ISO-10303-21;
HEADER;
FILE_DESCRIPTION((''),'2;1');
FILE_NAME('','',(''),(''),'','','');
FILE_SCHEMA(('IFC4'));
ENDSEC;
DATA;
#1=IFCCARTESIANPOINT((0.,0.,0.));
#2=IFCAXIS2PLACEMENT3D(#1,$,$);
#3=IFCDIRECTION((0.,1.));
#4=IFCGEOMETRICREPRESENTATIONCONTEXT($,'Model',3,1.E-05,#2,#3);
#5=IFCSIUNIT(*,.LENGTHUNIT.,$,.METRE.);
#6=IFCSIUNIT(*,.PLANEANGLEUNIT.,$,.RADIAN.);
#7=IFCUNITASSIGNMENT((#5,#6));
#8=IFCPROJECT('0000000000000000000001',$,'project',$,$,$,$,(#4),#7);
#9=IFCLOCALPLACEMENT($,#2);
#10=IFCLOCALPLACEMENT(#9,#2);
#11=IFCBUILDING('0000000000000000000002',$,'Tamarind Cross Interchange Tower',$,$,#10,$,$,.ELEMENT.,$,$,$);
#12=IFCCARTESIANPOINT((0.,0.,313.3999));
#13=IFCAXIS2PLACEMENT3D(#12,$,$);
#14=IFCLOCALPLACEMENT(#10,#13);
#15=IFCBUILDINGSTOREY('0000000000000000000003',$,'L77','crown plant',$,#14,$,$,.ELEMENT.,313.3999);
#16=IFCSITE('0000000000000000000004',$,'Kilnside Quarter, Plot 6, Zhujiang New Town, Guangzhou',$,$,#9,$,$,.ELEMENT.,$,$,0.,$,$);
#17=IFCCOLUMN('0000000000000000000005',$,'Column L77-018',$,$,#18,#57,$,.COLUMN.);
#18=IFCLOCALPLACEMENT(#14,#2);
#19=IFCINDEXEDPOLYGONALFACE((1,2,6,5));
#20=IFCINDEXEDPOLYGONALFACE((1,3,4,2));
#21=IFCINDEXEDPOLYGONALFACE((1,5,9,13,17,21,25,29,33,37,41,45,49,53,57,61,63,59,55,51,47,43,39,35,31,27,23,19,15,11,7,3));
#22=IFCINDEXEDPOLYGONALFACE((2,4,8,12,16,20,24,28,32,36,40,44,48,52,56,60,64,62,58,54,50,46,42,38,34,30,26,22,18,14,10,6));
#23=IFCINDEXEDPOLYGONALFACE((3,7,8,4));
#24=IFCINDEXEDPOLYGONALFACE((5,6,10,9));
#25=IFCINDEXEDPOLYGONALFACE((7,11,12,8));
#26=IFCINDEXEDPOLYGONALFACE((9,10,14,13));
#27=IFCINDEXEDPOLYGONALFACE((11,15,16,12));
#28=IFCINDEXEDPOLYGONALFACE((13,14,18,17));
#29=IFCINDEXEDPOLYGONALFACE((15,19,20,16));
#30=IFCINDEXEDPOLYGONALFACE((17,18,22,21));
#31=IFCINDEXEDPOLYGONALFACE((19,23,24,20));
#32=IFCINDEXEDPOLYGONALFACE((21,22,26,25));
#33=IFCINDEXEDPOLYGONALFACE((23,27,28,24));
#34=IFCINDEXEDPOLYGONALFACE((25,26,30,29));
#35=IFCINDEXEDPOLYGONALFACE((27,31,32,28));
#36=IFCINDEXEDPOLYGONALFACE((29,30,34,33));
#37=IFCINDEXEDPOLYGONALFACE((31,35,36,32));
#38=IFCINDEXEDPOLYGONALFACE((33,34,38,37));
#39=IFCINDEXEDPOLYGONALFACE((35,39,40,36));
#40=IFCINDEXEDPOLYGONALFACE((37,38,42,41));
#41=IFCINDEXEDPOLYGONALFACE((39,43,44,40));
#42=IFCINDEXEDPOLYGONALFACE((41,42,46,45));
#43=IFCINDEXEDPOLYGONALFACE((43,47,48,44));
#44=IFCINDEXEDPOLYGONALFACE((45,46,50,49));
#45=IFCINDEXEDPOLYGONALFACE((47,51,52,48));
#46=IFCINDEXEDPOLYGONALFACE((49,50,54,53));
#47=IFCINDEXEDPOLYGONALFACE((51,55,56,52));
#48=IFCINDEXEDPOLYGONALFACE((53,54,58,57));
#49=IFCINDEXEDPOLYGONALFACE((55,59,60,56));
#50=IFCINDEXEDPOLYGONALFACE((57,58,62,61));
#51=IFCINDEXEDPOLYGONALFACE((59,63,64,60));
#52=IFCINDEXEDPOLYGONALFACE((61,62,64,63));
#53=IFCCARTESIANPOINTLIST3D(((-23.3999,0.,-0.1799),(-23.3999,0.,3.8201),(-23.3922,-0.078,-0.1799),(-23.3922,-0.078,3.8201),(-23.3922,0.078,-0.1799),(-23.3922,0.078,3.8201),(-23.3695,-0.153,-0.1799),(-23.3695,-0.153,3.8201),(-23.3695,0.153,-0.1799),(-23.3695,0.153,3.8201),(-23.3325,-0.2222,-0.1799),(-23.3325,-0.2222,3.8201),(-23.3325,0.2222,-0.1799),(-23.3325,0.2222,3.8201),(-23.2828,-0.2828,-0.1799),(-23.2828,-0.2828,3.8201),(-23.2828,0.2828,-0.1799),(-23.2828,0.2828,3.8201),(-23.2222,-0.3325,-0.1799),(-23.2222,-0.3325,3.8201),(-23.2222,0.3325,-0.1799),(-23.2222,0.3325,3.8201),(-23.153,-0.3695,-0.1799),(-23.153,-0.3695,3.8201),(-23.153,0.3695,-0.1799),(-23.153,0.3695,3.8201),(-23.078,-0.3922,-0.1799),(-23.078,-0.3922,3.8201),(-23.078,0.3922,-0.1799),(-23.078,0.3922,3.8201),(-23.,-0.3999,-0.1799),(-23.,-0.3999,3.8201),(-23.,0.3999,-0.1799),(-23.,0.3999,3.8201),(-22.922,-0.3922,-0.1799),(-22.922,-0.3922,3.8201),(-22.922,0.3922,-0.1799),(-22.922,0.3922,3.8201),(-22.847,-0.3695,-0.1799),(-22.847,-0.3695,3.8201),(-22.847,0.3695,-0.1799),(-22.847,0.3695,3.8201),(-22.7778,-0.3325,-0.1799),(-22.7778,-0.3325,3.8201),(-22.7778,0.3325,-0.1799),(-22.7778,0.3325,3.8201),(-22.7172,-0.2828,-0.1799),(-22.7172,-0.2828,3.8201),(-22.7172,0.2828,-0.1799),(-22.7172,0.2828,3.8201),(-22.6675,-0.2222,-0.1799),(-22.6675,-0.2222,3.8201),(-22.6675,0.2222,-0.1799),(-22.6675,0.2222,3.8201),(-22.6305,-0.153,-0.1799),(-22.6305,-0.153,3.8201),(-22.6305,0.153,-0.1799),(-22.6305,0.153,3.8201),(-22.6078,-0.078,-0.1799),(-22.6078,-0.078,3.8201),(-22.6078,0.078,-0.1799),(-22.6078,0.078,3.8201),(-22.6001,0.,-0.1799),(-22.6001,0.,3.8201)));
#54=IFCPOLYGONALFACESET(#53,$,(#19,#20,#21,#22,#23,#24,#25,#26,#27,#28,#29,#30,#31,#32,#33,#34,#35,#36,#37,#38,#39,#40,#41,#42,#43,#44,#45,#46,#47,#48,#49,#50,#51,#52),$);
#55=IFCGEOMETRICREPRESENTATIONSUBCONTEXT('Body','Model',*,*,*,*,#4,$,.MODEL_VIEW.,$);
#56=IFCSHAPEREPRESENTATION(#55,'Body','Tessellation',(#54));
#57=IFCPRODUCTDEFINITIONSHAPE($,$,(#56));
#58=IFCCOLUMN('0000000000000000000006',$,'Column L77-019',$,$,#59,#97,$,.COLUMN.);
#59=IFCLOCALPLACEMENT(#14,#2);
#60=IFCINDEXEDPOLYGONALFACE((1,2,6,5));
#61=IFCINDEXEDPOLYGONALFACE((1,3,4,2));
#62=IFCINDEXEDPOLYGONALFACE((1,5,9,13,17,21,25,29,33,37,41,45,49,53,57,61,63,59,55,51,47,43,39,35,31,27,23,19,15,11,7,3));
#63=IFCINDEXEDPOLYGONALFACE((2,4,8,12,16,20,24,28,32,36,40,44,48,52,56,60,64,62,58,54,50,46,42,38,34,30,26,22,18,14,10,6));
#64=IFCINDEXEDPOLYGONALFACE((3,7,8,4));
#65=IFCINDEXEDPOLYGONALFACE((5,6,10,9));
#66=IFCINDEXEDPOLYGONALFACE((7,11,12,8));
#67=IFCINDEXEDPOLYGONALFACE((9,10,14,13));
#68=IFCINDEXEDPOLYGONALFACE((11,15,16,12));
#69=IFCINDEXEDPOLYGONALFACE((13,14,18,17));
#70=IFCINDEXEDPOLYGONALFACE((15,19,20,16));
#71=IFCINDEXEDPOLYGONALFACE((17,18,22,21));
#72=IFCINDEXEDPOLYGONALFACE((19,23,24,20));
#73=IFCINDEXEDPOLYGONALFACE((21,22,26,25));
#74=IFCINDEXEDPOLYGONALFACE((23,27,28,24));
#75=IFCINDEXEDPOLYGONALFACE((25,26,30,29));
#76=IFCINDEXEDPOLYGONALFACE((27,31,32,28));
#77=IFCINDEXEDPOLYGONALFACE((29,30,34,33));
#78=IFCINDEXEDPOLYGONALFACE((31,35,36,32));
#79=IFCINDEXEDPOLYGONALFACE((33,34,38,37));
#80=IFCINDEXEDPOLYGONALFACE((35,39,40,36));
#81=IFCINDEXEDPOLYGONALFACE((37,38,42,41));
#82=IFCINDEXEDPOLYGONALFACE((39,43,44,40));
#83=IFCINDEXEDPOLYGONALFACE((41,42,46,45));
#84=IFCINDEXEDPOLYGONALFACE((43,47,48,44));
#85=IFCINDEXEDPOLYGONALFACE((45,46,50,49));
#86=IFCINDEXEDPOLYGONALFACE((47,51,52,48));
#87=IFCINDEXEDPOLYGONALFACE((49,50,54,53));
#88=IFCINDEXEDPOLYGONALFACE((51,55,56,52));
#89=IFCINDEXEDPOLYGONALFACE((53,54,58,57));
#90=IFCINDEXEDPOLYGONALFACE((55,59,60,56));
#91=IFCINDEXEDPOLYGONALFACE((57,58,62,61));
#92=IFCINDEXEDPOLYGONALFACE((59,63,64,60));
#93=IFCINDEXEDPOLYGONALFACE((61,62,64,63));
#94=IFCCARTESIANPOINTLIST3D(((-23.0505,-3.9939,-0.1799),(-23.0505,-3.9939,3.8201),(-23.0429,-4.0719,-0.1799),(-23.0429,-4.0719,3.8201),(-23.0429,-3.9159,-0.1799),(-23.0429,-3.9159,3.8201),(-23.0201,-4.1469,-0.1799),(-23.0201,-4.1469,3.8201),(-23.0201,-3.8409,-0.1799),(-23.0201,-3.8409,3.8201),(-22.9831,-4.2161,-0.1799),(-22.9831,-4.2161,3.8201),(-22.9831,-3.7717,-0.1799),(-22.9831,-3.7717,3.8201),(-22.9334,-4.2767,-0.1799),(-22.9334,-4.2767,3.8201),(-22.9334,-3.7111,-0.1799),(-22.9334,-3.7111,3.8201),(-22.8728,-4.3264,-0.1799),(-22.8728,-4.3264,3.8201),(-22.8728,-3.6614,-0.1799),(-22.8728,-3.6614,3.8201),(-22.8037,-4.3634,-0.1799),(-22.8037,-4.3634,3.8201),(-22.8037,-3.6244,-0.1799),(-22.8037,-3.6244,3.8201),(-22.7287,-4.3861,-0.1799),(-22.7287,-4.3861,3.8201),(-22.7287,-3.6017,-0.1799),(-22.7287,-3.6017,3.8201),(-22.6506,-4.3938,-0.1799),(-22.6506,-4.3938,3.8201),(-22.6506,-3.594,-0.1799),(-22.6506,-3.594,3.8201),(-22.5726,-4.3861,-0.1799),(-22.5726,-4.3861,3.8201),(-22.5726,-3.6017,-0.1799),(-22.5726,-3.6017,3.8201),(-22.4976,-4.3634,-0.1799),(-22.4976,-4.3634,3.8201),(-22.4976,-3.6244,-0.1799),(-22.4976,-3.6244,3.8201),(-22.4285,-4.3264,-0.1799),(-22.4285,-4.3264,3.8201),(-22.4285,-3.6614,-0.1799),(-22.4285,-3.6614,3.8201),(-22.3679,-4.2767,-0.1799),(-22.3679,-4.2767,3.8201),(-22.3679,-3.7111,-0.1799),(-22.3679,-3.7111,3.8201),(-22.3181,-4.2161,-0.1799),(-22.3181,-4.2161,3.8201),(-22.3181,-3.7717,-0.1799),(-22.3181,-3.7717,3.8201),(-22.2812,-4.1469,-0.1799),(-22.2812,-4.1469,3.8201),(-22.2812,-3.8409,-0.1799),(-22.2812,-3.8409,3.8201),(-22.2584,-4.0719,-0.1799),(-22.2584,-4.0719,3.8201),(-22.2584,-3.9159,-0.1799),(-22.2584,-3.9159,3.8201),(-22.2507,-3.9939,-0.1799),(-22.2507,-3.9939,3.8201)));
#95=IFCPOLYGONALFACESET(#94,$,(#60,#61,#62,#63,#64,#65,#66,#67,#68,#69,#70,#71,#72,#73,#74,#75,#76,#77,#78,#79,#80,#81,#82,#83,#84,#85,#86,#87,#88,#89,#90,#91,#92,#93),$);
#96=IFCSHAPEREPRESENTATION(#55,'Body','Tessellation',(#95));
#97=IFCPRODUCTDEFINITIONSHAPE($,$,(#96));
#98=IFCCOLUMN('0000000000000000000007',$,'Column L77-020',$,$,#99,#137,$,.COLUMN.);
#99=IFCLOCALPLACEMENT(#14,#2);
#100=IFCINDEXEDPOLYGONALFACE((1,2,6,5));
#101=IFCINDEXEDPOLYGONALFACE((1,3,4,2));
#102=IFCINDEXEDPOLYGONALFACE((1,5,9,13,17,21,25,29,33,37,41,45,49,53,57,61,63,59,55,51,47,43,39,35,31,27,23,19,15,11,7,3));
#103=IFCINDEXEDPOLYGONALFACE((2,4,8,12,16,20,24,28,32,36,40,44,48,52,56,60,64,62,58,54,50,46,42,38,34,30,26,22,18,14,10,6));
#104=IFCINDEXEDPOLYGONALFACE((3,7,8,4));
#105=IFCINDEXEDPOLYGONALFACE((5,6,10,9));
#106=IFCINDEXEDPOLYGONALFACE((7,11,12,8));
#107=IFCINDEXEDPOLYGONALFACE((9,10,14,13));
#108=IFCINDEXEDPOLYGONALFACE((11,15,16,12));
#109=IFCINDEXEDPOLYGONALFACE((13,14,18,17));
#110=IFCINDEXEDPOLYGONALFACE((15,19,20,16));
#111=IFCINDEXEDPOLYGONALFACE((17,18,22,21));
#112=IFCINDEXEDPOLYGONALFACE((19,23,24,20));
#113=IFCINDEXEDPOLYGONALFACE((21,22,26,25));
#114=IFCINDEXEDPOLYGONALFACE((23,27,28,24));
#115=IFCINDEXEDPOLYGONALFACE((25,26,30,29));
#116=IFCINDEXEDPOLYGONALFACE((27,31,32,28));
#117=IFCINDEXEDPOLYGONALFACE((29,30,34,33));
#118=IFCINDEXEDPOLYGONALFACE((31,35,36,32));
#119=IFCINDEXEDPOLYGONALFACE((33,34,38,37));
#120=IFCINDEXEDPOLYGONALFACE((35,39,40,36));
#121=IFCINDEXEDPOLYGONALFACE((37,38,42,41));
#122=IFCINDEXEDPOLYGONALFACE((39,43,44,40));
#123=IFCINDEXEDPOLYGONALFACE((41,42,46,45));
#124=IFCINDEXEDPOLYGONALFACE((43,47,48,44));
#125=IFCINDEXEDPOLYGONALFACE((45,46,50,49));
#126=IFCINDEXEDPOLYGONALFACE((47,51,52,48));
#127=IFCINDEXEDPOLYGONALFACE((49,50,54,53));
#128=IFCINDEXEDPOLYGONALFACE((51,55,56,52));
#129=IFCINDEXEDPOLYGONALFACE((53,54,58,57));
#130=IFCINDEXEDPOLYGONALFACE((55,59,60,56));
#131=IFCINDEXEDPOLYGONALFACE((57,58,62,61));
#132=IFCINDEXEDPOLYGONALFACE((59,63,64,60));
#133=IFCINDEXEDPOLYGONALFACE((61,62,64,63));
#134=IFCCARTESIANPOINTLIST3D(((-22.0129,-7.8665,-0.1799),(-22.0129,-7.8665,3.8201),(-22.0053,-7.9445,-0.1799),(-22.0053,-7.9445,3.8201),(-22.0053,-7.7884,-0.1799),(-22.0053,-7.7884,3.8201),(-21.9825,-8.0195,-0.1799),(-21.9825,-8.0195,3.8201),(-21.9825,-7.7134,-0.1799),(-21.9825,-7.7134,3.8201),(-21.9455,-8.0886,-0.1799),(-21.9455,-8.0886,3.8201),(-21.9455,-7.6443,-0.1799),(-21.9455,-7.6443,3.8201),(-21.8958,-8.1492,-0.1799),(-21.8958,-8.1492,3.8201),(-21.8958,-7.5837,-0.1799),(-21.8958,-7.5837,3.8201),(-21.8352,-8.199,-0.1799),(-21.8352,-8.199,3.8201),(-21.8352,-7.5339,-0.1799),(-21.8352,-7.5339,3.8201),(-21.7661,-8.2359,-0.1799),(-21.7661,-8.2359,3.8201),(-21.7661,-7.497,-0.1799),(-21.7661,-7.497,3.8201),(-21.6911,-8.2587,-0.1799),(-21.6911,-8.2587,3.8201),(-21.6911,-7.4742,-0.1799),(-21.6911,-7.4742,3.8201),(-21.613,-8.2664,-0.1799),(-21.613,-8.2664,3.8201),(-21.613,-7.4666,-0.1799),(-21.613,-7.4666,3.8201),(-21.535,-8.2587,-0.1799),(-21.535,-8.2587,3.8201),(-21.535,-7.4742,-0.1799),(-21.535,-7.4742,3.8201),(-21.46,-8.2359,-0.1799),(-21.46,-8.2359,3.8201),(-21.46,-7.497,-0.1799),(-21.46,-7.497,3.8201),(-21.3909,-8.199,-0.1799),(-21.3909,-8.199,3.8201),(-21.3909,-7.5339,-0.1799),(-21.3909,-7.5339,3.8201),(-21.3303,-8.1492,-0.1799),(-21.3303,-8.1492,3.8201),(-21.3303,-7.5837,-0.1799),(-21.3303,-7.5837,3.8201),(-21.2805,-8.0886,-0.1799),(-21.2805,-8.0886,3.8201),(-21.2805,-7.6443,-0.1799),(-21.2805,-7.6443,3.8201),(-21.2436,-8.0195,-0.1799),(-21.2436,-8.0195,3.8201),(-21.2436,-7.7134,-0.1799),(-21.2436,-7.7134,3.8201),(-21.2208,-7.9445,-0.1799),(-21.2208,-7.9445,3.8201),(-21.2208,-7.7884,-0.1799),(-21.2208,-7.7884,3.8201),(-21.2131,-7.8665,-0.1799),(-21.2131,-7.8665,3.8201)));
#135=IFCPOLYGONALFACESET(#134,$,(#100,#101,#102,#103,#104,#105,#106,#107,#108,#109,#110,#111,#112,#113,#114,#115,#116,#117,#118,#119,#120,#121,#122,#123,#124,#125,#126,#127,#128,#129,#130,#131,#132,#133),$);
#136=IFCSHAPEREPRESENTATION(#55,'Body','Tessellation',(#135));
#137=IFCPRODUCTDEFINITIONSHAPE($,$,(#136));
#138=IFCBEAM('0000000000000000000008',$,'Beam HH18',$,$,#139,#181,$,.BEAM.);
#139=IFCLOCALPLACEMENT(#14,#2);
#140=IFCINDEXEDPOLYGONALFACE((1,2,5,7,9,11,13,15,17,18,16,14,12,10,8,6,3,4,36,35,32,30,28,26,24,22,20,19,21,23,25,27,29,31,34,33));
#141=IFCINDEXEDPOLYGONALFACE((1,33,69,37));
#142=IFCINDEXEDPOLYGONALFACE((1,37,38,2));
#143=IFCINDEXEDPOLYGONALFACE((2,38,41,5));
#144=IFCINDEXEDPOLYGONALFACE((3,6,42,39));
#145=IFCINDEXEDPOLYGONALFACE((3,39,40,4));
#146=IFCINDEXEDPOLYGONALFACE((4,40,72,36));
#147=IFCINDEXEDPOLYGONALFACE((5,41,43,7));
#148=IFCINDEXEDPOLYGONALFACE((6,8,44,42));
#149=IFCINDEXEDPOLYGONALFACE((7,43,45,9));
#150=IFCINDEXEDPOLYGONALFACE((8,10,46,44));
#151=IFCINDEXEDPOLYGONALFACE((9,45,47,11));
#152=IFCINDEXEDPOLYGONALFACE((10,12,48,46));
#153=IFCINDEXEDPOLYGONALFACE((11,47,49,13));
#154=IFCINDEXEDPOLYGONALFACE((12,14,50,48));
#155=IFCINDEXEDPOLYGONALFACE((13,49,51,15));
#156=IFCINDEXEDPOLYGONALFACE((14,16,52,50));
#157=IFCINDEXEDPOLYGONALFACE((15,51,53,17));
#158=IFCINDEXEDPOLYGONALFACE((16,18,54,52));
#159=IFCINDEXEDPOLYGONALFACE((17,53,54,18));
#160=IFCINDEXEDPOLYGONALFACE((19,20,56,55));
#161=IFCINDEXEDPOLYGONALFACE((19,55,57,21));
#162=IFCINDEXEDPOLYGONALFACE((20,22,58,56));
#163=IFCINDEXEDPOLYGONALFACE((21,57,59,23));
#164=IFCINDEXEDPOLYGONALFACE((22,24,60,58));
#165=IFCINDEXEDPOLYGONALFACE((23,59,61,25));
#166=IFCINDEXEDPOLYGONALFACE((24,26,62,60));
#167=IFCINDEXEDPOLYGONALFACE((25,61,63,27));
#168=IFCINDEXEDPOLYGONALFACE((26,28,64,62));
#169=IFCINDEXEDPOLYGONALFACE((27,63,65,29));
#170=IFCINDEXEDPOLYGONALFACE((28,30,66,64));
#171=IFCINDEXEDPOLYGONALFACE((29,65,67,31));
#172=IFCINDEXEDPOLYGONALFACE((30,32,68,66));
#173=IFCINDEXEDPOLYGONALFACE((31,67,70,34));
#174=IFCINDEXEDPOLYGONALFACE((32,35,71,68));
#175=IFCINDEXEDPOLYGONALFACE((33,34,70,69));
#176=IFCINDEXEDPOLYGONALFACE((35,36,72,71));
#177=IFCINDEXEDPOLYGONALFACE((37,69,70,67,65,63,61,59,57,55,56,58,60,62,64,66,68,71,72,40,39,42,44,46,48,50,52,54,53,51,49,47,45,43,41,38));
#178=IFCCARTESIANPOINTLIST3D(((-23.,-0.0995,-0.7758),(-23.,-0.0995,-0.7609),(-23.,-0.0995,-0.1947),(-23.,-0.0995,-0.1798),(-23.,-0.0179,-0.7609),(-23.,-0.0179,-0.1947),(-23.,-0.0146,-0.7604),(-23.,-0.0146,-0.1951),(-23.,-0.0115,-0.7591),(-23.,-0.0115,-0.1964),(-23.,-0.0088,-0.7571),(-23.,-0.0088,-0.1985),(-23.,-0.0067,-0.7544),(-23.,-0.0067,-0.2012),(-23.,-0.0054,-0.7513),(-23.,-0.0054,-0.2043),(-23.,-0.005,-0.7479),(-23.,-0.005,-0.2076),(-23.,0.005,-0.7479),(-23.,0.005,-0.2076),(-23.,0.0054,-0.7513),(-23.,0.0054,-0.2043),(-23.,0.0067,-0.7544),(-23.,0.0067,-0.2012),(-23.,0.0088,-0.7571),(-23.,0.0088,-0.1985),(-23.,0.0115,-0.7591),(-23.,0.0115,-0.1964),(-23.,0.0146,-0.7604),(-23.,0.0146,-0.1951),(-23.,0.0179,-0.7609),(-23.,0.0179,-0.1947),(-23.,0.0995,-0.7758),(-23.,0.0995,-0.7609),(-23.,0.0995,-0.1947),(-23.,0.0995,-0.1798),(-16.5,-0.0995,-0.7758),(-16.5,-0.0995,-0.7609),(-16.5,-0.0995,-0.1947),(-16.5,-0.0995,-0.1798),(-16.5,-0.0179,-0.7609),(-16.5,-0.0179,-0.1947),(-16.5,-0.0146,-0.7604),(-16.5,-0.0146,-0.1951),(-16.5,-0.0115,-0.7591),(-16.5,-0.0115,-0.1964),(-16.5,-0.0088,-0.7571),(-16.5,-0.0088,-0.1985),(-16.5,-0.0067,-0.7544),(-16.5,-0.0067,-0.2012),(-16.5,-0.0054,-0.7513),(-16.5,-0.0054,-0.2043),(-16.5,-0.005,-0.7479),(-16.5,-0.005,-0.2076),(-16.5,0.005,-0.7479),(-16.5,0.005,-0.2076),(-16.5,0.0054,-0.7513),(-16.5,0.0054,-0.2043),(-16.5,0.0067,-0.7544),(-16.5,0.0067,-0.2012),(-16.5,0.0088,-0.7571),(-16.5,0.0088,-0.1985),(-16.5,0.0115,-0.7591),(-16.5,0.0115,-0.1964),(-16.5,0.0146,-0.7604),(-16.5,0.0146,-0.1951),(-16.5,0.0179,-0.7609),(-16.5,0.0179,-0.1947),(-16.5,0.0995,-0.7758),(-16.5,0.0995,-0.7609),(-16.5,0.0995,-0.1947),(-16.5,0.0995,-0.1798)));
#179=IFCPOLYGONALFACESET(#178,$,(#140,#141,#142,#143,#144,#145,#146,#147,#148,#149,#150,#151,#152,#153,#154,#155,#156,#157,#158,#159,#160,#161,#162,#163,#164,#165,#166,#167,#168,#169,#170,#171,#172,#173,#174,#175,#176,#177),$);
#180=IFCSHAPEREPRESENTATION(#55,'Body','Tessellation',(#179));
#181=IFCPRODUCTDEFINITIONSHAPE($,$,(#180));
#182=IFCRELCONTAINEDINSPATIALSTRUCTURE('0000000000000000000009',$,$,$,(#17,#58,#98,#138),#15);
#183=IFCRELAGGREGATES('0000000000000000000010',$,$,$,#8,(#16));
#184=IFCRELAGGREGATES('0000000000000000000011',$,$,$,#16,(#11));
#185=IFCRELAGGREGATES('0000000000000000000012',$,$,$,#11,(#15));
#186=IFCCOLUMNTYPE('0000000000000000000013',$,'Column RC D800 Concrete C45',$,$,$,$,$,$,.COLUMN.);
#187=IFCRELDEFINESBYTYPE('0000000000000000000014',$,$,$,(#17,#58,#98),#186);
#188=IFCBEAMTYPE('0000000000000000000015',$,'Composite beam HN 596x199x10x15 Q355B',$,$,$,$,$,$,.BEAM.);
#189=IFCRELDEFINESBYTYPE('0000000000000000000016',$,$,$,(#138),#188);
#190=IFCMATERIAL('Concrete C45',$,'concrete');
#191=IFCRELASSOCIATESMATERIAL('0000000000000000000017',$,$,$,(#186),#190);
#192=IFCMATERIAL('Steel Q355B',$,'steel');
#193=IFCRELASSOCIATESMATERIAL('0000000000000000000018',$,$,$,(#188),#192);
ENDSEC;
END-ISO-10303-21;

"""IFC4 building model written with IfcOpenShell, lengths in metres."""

from ifc_helpers import new_model, si_unit, direction, frame, origin, origin_2d, place, context, subcontext, project, spatial, circle, i_section, extrude, material, material_profile, profile_set, type_object, element, save


model = new_model("IFC4")

# Units and contexts
model_context = context("Model", 3, precision=1e-05, world=origin(), true_north=direction((0.0, 1.0)))
body_context = subcontext(model_context, "Body", "Model", "MODEL_VIEW")
ifc_project = project(units=[si_unit("LENGTHUNIT", "METRE"), si_unit("PLANEANGLEUNIT", "RADIAN")], contexts=[model_context])

# Site, building, storey
site_placement = place(None, origin())
site = spatial("IfcSite", under=ifc_project, at=site_placement, Name="Kilnside Quarter, Plot 6, Zhujiang New Town, Guangzhou", CompositionType="ELEMENT", RefElevation=0.0)
building_placement = place(site_placement, origin())
building = spatial("IfcBuilding", under=site, at=building_placement, Name="Tamarind Cross Interchange Tower", CompositionType="ELEMENT")
storey_placement = place(building_placement, frame((0.0, 0.0, 313.3999)))
storey = spatial("IfcBuildingStorey", under=building, at=storey_placement, Name="L77", Description="crown plant", CompositionType="ELEMENT", Elevation=313.3999)

# Columns
ifc_material_1 = material(Name="Concrete C45", Category="concrete")
ifc_material_profile_1 = material_profile(ifc_material_1, circle(Radius=0.3999, at=origin_2d()), Name="RC D800")
ifc_profile_set_1 = profile_set([ifc_material_profile_1], Name="Concrete C45")
column_type = type_object("IfcColumnType", Name="Column RC D800 Concrete C45", PredefinedType="COLUMN", material=ifc_profile_set_1)
for number, where, z_axis, x_axis, name in (
    (1, (-23.0, 0.0, -0.1799), (0.0, 0.0, 1.0), (1.0, 0.0, 0.0), "Column L77-018"),
    (2, (-22.6506, -3.9939, -0.1799), (0.0, 0.0, 1.0), (1.0, 0.0, 0.0), "Column L77-019"),
    (3, (-21.613, -7.8665, -0.1799), (0.0, 0.0, 1.0), (1.0, 0.0, 0.0), "Column L77-020"),
):
    element("IfcColumn", number, at=place(storey_placement, frame(where, z_axis=z_axis, x_axis=x_axis)), inside=storey, type_object=column_type, Name=name, PredefinedType="COLUMN", context=body_context, shape_type="SweptSolid", body=[
        extrude(circle(Radius=0.3999, at=origin_2d()), origin(), (0.0, 0.0, 1.0), 4.0),
    ])

# Beam
ifc_material_2 = material(Name="Steel Q355B", Category="steel")
ifc_material_profile_2 = material_profile(ifc_material_2, i_section(OverallWidth=0.199, OverallDepth=0.5959, WebThickness=0.01, FlangeThickness=0.0149, FilletRadius=0.0129, at=origin_2d()), Name="HN 596x199x10x15")
ifc_profile_set_2 = profile_set([ifc_material_profile_2], Name="Steel Q355B")
beam_type = type_object("IfcBeamType", Name="Composite beam HN 596x199x10x15 Q355B", PredefinedType="BEAM", material=ifc_profile_set_2)
beam_1_placement = place(storey_placement, frame((-23.0, 0.0, -0.4778), z_axis=(1.0, 0.0, 0.0), x_axis=(0.0, 1.0, 0.0)))
element("IfcBeam", 4, at=beam_1_placement, inside=storey, type_object=beam_type, Name="Beam HH18", PredefinedType="BEAM", context=body_context, shape_type="SweptSolid", body=[
    extrude(i_section(OverallWidth=0.199, OverallDepth=0.5959, WebThickness=0.01, FlangeThickness=0.0149, FilletRadius=0.0129, at=origin_2d()), origin(), (0.0, 0.0, 1.0), 6.5),
])

save(model, "model.ifc")
